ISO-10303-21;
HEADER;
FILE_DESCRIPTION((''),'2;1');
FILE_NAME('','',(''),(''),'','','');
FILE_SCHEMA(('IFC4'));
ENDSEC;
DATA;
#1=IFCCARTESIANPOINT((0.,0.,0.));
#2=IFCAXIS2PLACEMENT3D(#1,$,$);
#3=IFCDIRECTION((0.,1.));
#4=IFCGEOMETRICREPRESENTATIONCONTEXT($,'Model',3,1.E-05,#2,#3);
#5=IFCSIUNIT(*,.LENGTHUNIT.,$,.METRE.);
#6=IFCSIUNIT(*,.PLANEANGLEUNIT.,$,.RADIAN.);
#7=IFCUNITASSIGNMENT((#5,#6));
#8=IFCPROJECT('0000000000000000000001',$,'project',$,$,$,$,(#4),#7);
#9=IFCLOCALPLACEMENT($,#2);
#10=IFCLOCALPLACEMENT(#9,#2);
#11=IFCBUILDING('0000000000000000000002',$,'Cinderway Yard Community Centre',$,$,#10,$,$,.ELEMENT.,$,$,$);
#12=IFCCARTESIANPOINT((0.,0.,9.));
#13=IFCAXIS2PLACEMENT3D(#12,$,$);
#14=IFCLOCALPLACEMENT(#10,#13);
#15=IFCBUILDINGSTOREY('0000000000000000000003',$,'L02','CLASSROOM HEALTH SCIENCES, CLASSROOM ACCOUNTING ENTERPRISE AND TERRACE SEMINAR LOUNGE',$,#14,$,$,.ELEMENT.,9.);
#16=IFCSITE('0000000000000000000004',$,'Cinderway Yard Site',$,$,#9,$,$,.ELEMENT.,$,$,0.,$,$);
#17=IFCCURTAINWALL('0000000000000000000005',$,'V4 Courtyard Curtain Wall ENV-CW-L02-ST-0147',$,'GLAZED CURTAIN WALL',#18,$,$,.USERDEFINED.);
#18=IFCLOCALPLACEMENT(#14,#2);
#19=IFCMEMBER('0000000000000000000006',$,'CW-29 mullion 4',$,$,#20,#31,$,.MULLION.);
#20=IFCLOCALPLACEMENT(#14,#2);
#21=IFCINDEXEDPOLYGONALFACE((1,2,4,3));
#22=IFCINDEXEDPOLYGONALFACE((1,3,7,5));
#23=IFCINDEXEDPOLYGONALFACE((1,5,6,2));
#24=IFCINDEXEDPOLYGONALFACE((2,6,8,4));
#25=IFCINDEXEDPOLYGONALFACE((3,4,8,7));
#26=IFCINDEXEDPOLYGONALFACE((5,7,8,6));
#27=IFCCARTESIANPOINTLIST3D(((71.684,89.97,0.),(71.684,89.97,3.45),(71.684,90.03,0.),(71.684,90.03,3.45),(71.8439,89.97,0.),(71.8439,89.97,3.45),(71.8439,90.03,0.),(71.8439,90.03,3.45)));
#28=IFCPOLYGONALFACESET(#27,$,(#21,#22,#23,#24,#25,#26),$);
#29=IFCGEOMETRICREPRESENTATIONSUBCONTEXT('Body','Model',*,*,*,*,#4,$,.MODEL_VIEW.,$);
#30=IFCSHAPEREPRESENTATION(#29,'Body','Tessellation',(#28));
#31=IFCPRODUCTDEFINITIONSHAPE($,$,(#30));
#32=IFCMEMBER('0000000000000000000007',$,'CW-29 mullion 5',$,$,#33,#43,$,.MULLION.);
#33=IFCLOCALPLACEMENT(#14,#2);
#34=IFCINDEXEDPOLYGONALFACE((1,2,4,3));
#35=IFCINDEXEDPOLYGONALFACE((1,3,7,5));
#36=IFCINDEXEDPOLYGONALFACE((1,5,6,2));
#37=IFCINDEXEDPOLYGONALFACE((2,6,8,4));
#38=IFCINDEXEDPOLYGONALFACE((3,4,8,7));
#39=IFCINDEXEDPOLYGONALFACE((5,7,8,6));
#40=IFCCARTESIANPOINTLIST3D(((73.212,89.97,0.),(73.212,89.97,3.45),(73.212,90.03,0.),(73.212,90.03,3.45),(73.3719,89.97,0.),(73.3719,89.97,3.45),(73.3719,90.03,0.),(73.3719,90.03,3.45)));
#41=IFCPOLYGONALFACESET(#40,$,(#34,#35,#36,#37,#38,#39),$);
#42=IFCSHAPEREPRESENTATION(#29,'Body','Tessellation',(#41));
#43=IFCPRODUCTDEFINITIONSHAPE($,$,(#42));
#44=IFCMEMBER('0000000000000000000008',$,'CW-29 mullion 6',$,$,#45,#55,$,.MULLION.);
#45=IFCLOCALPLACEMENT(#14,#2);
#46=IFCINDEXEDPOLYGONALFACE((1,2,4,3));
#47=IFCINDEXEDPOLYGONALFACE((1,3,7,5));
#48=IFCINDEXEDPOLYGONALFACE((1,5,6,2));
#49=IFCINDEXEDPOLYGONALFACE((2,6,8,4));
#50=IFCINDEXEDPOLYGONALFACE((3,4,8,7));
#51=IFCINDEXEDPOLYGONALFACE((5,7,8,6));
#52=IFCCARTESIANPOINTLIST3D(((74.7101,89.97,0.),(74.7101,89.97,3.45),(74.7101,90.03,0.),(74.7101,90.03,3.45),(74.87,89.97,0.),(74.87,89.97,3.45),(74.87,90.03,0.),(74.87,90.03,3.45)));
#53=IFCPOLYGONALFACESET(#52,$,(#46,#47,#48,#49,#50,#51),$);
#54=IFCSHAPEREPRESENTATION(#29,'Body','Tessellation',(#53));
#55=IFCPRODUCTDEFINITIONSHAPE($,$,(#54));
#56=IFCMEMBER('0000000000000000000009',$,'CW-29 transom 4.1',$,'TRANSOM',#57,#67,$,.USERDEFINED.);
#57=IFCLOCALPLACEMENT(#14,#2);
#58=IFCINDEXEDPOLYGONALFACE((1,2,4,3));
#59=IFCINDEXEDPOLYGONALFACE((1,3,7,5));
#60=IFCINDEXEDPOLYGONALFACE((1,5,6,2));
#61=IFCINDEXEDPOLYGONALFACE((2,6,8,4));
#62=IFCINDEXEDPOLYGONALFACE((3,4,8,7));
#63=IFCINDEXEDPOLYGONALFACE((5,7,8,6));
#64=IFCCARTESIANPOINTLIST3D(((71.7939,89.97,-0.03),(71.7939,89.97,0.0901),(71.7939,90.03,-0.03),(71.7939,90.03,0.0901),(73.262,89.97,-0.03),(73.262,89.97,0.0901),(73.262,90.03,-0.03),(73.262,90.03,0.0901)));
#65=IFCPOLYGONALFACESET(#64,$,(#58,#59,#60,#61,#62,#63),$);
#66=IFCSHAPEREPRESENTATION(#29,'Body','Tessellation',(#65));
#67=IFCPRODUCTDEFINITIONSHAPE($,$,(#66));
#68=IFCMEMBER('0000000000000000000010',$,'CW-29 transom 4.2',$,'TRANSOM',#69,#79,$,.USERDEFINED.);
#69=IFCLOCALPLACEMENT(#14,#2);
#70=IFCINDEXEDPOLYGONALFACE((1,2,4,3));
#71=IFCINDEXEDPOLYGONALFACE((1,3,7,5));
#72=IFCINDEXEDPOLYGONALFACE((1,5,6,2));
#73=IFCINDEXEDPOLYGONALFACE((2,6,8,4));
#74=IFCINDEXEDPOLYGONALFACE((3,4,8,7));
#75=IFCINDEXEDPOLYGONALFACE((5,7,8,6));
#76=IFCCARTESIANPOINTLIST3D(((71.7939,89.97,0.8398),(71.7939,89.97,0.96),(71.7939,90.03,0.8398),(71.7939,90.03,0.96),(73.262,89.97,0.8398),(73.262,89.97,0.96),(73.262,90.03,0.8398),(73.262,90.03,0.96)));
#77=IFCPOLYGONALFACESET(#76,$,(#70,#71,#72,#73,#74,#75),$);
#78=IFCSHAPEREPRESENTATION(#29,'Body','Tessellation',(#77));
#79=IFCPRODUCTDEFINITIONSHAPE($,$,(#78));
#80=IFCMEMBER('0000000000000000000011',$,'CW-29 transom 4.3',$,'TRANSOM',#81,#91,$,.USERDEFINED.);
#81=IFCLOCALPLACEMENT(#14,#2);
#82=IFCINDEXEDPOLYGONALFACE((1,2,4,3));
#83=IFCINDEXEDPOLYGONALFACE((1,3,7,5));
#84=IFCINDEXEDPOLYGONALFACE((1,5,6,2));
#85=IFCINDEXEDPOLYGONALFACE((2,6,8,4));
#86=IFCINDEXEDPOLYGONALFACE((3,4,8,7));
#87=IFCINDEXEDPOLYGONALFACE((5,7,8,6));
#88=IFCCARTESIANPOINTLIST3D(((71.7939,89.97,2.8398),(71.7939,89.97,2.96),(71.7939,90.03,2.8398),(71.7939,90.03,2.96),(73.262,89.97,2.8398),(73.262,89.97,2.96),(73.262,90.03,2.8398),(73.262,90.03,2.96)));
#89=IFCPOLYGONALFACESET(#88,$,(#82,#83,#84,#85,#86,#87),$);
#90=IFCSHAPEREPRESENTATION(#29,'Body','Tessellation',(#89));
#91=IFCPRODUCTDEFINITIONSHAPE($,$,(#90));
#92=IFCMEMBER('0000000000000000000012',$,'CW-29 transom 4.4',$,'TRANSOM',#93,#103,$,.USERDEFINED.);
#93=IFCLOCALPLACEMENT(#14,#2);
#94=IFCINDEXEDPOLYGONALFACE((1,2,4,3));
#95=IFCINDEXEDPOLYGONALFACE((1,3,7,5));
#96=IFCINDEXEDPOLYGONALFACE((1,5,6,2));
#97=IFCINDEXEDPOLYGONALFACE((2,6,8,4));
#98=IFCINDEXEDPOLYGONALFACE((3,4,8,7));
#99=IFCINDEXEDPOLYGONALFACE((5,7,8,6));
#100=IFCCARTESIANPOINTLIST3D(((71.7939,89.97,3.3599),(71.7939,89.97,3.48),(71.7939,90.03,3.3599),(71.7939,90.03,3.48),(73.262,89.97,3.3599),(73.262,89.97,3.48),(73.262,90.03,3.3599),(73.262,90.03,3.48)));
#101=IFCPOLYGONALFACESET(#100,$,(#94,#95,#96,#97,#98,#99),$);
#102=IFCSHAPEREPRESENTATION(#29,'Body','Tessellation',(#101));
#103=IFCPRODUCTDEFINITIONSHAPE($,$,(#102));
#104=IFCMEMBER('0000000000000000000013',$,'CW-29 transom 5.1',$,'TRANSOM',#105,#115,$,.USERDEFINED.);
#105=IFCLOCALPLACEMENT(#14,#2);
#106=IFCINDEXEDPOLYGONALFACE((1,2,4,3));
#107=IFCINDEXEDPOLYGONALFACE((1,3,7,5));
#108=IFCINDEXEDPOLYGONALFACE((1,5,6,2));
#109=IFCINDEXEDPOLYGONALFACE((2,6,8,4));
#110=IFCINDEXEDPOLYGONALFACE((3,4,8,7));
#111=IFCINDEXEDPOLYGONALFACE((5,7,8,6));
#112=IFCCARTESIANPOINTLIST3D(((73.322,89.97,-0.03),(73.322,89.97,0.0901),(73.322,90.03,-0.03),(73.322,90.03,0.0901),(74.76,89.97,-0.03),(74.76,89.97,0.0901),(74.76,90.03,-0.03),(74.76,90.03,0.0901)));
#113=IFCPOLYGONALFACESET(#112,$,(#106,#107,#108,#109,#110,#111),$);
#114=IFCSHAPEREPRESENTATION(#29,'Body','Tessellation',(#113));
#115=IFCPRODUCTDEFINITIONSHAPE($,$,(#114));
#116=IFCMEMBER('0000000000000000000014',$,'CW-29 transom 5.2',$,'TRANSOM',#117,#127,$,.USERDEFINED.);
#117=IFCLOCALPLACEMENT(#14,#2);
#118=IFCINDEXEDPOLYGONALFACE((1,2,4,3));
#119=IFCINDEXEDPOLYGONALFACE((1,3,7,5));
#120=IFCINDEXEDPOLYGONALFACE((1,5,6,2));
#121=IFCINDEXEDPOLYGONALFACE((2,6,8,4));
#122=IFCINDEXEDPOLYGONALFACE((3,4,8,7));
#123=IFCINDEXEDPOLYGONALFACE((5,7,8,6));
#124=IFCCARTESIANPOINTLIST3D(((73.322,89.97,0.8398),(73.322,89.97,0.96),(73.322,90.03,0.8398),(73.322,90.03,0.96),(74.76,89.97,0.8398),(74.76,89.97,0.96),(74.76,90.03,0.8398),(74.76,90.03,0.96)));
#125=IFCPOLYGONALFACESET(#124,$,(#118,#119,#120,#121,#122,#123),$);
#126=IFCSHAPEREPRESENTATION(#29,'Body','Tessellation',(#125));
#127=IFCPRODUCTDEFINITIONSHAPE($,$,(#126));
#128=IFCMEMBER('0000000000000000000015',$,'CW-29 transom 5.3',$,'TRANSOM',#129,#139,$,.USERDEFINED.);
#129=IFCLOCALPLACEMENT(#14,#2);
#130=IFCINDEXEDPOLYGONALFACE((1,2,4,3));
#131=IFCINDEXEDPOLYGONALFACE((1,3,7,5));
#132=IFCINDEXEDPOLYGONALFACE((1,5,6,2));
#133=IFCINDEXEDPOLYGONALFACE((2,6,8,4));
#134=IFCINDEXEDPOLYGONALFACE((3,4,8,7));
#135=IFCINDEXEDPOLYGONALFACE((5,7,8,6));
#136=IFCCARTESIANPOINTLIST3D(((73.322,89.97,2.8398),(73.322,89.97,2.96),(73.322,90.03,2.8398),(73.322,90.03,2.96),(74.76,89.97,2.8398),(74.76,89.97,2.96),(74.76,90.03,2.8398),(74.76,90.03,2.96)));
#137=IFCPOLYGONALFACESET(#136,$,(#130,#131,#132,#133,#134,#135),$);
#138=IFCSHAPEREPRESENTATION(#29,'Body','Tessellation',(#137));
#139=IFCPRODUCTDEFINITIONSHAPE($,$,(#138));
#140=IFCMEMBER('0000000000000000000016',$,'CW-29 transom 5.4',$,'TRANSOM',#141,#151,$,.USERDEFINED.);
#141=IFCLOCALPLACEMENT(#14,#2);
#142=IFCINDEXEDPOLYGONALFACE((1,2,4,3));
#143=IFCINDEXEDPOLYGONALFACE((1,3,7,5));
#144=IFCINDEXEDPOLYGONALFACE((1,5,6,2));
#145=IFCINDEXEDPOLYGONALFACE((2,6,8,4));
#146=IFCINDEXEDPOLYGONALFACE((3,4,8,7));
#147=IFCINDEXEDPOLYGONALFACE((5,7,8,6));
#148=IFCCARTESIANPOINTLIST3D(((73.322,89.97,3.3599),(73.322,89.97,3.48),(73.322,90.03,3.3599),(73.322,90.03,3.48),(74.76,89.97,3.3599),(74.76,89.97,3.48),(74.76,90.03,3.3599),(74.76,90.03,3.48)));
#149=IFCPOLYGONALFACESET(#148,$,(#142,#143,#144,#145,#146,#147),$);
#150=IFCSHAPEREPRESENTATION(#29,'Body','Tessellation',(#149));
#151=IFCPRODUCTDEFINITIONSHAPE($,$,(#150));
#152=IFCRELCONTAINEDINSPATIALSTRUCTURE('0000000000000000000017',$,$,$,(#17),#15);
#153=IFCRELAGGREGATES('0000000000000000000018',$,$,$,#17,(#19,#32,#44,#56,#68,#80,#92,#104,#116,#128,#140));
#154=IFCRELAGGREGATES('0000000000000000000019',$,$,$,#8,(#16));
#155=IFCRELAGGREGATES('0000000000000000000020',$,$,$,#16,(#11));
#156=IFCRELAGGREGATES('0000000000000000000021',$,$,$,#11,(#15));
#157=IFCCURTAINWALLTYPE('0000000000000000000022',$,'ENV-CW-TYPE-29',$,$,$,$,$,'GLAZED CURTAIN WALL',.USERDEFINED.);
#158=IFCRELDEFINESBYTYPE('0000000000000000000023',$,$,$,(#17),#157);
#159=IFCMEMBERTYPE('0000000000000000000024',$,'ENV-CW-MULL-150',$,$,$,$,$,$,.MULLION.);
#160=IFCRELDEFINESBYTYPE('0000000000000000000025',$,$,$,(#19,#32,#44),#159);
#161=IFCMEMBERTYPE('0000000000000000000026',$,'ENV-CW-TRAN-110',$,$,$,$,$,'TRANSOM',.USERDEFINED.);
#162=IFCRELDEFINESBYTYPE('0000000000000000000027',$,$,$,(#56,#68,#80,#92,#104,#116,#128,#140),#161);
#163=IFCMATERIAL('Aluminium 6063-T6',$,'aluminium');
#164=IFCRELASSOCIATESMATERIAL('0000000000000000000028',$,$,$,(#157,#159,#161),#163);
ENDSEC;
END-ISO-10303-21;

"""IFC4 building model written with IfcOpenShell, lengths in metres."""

from ifc_helpers import new_model, si_unit, direction, frame, origin, origin_2d, place, context, subcontext, project, spatial, rectangle, extrude, material, material_profile, profile_set, type_object, element, aggregate, save


model = new_model("IFC4")

# Units and contexts
model_context = context("Model", 3, precision=1e-05, world=origin(), true_north=direction((0.0, 1.0)))
body_context = subcontext(model_context, "Body", "Model", "MODEL_VIEW")
ifc_project = project(units=[si_unit("LENGTHUNIT", "METRE"), si_unit("PLANEANGLEUNIT", "RADIAN")], contexts=[model_context])

# Site, building, storey
site_placement = place(None, origin())
site = spatial("IfcSite", under=ifc_project, at=site_placement, Name="Cinderway Yard Site", CompositionType="ELEMENT", RefElevation=0.0)
building_placement = place(site_placement, origin())
building = spatial("IfcBuilding", under=site, at=building_placement, Name="Cinderway Yard Community Centre", CompositionType="ELEMENT")
storey_placement = place(building_placement, frame((0.0, 0.0, 9.0)))
storey = spatial("IfcBuildingStorey", under=building, at=storey_placement, Name="L02", Description="CLASSROOM HEALTH SCIENCES, CLASSROOM ACCOUNTING ENTERPRISE AND TERRACE SEMINAR LOUNGE", CompositionType="ELEMENT", Elevation=9.0)

# Curtain wall, members
ifc_material_1 = material(Name="Aluminium 6063-T6", Category="aluminium")
curtain_wall_type = type_object("IfcCurtainWallType", Name="ENV-CW-TYPE-29", ElementType="GLAZED CURTAIN WALL", PredefinedType="USERDEFINED", material=ifc_material_1)
curtain_wall_placement = place(storey_placement, origin())
curtain_wall = element("IfcCurtainWall", 1, at=curtain_wall_placement, inside=storey, type_object=curtain_wall_type, Name="V4 Courtyard Curtain Wall ENV-CW-L02-ST-0147", ObjectType="GLAZED CURTAIN WALL", PredefinedType="USERDEFINED")
ifc_material_profile_1 = material_profile(ifc_material_1, rectangle(XDim=0.0601, YDim=0.1599, at=origin_2d()), Name="Aluminium 6063-T6")
ifc_profile_set_1 = profile_set([ifc_material_profile_1], Name="Aluminium 6063-T6")
member_type_1 = type_object("IfcMemberType", Name="ENV-CW-MULL-150", PredefinedType="MULLION", material=ifc_profile_set_1)
member_1_placement = place(storey_placement, frame((71.7639, 90.0, 0.0), z_axis=(0.0, 0.0, 1.0), x_axis=(0.0, 1.0, 0.0)))
member_1 = element("IfcMember", 2, at=member_1_placement, type_object=member_type_1, Name="CW-29 mullion 4", PredefinedType="MULLION", context=body_context, shape_type="SweptSolid", body=[
    extrude(rectangle(XDim=0.0601, YDim=0.1599, at=origin_2d()), origin(), (0.0, 0.0, 1.0), 3.45),
])
member_2_placement = place(storey_placement, frame((73.292, 90.0, 0.0), z_axis=(0.0, 0.0, 1.0), x_axis=(0.0, 1.0, 0.0)))
member_2 = element("IfcMember", 3, at=member_2_placement, type_object=member_type_1, Name="CW-29 mullion 5", PredefinedType="MULLION", context=body_context, shape_type="SweptSolid", body=[
    extrude(rectangle(XDim=0.0601, YDim=0.1599, at=origin_2d()), origin(), (0.0, 0.0, 1.0), 3.45),
])
member_3_placement = place(storey_placement, frame((74.79, 90.0, 0.0), z_axis=(0.0, 0.0, 1.0), x_axis=(0.0, 1.0, 0.0)))
member_3 = element("IfcMember", 4, at=member_3_placement, type_object=member_type_1, Name="CW-29 mullion 6", PredefinedType="MULLION", context=body_context, shape_type="SweptSolid", body=[
    extrude(rectangle(XDim=0.0601, YDim=0.1599, at=origin_2d()), origin(), (0.0, 0.0, 1.0), 3.45),
])
ifc_material_profile_2 = material_profile(ifc_material_1, rectangle(XDim=0.0601, YDim=0.1201, at=origin_2d()), Name="Aluminium 6063-T6")
ifc_profile_set_2 = profile_set([ifc_material_profile_2], Name="Aluminium 6063-T6")
member_type_2 = type_object("IfcMemberType", Name="ENV-CW-TRAN-110", ElementType="TRANSOM", PredefinedType="USERDEFINED", material=ifc_profile_set_2)
member_4_placement = place(storey_placement, frame((71.7939, 90.0, 0.03), z_axis=(1.0, 0.0, 0.0), x_axis=(0.0, 1.0, 0.0)))
member_4 = element("IfcMember", 5, at=member_4_placement, type_object=member_type_2, Name="CW-29 transom 4.1", ObjectType="TRANSOM", PredefinedType="USERDEFINED", context=body_context, shape_type="SweptSolid", body=[
    extrude(rectangle(XDim=0.0601, YDim=0.1201, at=origin_2d()), origin(), (0.0, 0.0, 1.0), 1.468),
])
member_5_placement = place(storey_placement, frame((71.7939, 90.0, 0.8999), z_axis=(1.0, 0.0, 0.0), x_axis=(0.0, 1.0, 0.0)))
member_5 = element("IfcMember", 6, at=member_5_placement, type_object=member_type_2, Name="CW-29 transom 4.2", ObjectType="TRANSOM", PredefinedType="USERDEFINED", context=body_context, shape_type="SweptSolid", body=[
    extrude(rectangle(XDim=0.0601, YDim=0.1201, at=origin_2d()), origin(), (0.0, 0.0, 1.0), 1.468),
])
member_6_placement = place(storey_placement, frame((71.7939, 90.0, 2.8999), z_axis=(1.0, 0.0, 0.0), x_axis=(0.0, 1.0, 0.0)))
member_6 = element("IfcMember", 7, at=member_6_placement, type_object=member_type_2, Name="CW-29 transom 4.3", ObjectType="TRANSOM", PredefinedType="USERDEFINED", context=body_context, shape_type="SweptSolid", body=[
    extrude(rectangle(XDim=0.0601, YDim=0.1201, at=origin_2d()), origin(), (0.0, 0.0, 1.0), 1.468),
])
member_7_placement = place(storey_placement, frame((71.7939, 90.0, 3.4199), z_axis=(1.0, 0.0, 0.0), x_axis=(0.0, 1.0, 0.0)))
member_7 = element("IfcMember", 8, at=member_7_placement, type_object=member_type_2, Name="CW-29 transom 4.4", ObjectType="TRANSOM", PredefinedType="USERDEFINED", context=body_context, shape_type="SweptSolid", body=[
    extrude(rectangle(XDim=0.0601, YDim=0.1201, at=origin_2d()), origin(), (0.0, 0.0, 1.0), 1.468),
])
member_8_placement = place(storey_placement, frame((73.322, 90.0, 0.03), z_axis=(1.0, 0.0, 0.0), x_axis=(0.0, 1.0, 0.0)))
member_8 = element("IfcMember", 9, at=member_8_placement, type_object=member_type_2, Name="CW-29 transom 5.1", ObjectType="TRANSOM", PredefinedType="USERDEFINED", context=body_context, shape_type="SweptSolid", body=[
    extrude(rectangle(XDim=0.0601, YDim=0.1201, at=origin_2d()), origin(), (0.0, 0.0, 1.0), 1.438),
])
member_9_placement = place(storey_placement, frame((73.322, 90.0, 0.8999), z_axis=(1.0, 0.0, 0.0), x_axis=(0.0, 1.0, 0.0)))
member_9 = element("IfcMember", 10, at=member_9_placement, type_object=member_type_2, Name="CW-29 transom 5.2", ObjectType="TRANSOM", PredefinedType="USERDEFINED", context=body_context, shape_type="SweptSolid", body=[
    extrude(rectangle(XDim=0.0601, YDim=0.1201, at=origin_2d()), origin(), (0.0, 0.0, 1.0), 1.438),
])
member_10_placement = place(storey_placement, frame((73.322, 90.0, 2.8999), z_axis=(1.0, 0.0, 0.0), x_axis=(0.0, 1.0, 0.0)))
member_10 = element("IfcMember", 11, at=member_10_placement, type_object=member_type_2, Name="CW-29 transom 5.3", ObjectType="TRANSOM", PredefinedType="USERDEFINED", context=body_context, shape_type="SweptSolid", body=[
    extrude(rectangle(XDim=0.0601, YDim=0.1201, at=origin_2d()), origin(), (0.0, 0.0, 1.0), 1.438),
])
member_11_placement = place(storey_placement, frame((73.322, 90.0, 3.4199), z_axis=(1.0, 0.0, 0.0), x_axis=(0.0, 1.0, 0.0)))
member_11 = element("IfcMember", 12, at=member_11_placement, type_object=member_type_2, Name="CW-29 transom 5.4", ObjectType="TRANSOM", PredefinedType="USERDEFINED", context=body_context, shape_type="SweptSolid", body=[
    extrude(rectangle(XDim=0.0601, YDim=0.1201, at=origin_2d()), origin(), (0.0, 0.0, 1.0), 1.438),
])

aggregate(curtain_wall, [member_1, member_2, member_3, member_4, member_5, member_6, member_7, member_8, member_9, member_10, member_11])

save(model, "model.ifc")
